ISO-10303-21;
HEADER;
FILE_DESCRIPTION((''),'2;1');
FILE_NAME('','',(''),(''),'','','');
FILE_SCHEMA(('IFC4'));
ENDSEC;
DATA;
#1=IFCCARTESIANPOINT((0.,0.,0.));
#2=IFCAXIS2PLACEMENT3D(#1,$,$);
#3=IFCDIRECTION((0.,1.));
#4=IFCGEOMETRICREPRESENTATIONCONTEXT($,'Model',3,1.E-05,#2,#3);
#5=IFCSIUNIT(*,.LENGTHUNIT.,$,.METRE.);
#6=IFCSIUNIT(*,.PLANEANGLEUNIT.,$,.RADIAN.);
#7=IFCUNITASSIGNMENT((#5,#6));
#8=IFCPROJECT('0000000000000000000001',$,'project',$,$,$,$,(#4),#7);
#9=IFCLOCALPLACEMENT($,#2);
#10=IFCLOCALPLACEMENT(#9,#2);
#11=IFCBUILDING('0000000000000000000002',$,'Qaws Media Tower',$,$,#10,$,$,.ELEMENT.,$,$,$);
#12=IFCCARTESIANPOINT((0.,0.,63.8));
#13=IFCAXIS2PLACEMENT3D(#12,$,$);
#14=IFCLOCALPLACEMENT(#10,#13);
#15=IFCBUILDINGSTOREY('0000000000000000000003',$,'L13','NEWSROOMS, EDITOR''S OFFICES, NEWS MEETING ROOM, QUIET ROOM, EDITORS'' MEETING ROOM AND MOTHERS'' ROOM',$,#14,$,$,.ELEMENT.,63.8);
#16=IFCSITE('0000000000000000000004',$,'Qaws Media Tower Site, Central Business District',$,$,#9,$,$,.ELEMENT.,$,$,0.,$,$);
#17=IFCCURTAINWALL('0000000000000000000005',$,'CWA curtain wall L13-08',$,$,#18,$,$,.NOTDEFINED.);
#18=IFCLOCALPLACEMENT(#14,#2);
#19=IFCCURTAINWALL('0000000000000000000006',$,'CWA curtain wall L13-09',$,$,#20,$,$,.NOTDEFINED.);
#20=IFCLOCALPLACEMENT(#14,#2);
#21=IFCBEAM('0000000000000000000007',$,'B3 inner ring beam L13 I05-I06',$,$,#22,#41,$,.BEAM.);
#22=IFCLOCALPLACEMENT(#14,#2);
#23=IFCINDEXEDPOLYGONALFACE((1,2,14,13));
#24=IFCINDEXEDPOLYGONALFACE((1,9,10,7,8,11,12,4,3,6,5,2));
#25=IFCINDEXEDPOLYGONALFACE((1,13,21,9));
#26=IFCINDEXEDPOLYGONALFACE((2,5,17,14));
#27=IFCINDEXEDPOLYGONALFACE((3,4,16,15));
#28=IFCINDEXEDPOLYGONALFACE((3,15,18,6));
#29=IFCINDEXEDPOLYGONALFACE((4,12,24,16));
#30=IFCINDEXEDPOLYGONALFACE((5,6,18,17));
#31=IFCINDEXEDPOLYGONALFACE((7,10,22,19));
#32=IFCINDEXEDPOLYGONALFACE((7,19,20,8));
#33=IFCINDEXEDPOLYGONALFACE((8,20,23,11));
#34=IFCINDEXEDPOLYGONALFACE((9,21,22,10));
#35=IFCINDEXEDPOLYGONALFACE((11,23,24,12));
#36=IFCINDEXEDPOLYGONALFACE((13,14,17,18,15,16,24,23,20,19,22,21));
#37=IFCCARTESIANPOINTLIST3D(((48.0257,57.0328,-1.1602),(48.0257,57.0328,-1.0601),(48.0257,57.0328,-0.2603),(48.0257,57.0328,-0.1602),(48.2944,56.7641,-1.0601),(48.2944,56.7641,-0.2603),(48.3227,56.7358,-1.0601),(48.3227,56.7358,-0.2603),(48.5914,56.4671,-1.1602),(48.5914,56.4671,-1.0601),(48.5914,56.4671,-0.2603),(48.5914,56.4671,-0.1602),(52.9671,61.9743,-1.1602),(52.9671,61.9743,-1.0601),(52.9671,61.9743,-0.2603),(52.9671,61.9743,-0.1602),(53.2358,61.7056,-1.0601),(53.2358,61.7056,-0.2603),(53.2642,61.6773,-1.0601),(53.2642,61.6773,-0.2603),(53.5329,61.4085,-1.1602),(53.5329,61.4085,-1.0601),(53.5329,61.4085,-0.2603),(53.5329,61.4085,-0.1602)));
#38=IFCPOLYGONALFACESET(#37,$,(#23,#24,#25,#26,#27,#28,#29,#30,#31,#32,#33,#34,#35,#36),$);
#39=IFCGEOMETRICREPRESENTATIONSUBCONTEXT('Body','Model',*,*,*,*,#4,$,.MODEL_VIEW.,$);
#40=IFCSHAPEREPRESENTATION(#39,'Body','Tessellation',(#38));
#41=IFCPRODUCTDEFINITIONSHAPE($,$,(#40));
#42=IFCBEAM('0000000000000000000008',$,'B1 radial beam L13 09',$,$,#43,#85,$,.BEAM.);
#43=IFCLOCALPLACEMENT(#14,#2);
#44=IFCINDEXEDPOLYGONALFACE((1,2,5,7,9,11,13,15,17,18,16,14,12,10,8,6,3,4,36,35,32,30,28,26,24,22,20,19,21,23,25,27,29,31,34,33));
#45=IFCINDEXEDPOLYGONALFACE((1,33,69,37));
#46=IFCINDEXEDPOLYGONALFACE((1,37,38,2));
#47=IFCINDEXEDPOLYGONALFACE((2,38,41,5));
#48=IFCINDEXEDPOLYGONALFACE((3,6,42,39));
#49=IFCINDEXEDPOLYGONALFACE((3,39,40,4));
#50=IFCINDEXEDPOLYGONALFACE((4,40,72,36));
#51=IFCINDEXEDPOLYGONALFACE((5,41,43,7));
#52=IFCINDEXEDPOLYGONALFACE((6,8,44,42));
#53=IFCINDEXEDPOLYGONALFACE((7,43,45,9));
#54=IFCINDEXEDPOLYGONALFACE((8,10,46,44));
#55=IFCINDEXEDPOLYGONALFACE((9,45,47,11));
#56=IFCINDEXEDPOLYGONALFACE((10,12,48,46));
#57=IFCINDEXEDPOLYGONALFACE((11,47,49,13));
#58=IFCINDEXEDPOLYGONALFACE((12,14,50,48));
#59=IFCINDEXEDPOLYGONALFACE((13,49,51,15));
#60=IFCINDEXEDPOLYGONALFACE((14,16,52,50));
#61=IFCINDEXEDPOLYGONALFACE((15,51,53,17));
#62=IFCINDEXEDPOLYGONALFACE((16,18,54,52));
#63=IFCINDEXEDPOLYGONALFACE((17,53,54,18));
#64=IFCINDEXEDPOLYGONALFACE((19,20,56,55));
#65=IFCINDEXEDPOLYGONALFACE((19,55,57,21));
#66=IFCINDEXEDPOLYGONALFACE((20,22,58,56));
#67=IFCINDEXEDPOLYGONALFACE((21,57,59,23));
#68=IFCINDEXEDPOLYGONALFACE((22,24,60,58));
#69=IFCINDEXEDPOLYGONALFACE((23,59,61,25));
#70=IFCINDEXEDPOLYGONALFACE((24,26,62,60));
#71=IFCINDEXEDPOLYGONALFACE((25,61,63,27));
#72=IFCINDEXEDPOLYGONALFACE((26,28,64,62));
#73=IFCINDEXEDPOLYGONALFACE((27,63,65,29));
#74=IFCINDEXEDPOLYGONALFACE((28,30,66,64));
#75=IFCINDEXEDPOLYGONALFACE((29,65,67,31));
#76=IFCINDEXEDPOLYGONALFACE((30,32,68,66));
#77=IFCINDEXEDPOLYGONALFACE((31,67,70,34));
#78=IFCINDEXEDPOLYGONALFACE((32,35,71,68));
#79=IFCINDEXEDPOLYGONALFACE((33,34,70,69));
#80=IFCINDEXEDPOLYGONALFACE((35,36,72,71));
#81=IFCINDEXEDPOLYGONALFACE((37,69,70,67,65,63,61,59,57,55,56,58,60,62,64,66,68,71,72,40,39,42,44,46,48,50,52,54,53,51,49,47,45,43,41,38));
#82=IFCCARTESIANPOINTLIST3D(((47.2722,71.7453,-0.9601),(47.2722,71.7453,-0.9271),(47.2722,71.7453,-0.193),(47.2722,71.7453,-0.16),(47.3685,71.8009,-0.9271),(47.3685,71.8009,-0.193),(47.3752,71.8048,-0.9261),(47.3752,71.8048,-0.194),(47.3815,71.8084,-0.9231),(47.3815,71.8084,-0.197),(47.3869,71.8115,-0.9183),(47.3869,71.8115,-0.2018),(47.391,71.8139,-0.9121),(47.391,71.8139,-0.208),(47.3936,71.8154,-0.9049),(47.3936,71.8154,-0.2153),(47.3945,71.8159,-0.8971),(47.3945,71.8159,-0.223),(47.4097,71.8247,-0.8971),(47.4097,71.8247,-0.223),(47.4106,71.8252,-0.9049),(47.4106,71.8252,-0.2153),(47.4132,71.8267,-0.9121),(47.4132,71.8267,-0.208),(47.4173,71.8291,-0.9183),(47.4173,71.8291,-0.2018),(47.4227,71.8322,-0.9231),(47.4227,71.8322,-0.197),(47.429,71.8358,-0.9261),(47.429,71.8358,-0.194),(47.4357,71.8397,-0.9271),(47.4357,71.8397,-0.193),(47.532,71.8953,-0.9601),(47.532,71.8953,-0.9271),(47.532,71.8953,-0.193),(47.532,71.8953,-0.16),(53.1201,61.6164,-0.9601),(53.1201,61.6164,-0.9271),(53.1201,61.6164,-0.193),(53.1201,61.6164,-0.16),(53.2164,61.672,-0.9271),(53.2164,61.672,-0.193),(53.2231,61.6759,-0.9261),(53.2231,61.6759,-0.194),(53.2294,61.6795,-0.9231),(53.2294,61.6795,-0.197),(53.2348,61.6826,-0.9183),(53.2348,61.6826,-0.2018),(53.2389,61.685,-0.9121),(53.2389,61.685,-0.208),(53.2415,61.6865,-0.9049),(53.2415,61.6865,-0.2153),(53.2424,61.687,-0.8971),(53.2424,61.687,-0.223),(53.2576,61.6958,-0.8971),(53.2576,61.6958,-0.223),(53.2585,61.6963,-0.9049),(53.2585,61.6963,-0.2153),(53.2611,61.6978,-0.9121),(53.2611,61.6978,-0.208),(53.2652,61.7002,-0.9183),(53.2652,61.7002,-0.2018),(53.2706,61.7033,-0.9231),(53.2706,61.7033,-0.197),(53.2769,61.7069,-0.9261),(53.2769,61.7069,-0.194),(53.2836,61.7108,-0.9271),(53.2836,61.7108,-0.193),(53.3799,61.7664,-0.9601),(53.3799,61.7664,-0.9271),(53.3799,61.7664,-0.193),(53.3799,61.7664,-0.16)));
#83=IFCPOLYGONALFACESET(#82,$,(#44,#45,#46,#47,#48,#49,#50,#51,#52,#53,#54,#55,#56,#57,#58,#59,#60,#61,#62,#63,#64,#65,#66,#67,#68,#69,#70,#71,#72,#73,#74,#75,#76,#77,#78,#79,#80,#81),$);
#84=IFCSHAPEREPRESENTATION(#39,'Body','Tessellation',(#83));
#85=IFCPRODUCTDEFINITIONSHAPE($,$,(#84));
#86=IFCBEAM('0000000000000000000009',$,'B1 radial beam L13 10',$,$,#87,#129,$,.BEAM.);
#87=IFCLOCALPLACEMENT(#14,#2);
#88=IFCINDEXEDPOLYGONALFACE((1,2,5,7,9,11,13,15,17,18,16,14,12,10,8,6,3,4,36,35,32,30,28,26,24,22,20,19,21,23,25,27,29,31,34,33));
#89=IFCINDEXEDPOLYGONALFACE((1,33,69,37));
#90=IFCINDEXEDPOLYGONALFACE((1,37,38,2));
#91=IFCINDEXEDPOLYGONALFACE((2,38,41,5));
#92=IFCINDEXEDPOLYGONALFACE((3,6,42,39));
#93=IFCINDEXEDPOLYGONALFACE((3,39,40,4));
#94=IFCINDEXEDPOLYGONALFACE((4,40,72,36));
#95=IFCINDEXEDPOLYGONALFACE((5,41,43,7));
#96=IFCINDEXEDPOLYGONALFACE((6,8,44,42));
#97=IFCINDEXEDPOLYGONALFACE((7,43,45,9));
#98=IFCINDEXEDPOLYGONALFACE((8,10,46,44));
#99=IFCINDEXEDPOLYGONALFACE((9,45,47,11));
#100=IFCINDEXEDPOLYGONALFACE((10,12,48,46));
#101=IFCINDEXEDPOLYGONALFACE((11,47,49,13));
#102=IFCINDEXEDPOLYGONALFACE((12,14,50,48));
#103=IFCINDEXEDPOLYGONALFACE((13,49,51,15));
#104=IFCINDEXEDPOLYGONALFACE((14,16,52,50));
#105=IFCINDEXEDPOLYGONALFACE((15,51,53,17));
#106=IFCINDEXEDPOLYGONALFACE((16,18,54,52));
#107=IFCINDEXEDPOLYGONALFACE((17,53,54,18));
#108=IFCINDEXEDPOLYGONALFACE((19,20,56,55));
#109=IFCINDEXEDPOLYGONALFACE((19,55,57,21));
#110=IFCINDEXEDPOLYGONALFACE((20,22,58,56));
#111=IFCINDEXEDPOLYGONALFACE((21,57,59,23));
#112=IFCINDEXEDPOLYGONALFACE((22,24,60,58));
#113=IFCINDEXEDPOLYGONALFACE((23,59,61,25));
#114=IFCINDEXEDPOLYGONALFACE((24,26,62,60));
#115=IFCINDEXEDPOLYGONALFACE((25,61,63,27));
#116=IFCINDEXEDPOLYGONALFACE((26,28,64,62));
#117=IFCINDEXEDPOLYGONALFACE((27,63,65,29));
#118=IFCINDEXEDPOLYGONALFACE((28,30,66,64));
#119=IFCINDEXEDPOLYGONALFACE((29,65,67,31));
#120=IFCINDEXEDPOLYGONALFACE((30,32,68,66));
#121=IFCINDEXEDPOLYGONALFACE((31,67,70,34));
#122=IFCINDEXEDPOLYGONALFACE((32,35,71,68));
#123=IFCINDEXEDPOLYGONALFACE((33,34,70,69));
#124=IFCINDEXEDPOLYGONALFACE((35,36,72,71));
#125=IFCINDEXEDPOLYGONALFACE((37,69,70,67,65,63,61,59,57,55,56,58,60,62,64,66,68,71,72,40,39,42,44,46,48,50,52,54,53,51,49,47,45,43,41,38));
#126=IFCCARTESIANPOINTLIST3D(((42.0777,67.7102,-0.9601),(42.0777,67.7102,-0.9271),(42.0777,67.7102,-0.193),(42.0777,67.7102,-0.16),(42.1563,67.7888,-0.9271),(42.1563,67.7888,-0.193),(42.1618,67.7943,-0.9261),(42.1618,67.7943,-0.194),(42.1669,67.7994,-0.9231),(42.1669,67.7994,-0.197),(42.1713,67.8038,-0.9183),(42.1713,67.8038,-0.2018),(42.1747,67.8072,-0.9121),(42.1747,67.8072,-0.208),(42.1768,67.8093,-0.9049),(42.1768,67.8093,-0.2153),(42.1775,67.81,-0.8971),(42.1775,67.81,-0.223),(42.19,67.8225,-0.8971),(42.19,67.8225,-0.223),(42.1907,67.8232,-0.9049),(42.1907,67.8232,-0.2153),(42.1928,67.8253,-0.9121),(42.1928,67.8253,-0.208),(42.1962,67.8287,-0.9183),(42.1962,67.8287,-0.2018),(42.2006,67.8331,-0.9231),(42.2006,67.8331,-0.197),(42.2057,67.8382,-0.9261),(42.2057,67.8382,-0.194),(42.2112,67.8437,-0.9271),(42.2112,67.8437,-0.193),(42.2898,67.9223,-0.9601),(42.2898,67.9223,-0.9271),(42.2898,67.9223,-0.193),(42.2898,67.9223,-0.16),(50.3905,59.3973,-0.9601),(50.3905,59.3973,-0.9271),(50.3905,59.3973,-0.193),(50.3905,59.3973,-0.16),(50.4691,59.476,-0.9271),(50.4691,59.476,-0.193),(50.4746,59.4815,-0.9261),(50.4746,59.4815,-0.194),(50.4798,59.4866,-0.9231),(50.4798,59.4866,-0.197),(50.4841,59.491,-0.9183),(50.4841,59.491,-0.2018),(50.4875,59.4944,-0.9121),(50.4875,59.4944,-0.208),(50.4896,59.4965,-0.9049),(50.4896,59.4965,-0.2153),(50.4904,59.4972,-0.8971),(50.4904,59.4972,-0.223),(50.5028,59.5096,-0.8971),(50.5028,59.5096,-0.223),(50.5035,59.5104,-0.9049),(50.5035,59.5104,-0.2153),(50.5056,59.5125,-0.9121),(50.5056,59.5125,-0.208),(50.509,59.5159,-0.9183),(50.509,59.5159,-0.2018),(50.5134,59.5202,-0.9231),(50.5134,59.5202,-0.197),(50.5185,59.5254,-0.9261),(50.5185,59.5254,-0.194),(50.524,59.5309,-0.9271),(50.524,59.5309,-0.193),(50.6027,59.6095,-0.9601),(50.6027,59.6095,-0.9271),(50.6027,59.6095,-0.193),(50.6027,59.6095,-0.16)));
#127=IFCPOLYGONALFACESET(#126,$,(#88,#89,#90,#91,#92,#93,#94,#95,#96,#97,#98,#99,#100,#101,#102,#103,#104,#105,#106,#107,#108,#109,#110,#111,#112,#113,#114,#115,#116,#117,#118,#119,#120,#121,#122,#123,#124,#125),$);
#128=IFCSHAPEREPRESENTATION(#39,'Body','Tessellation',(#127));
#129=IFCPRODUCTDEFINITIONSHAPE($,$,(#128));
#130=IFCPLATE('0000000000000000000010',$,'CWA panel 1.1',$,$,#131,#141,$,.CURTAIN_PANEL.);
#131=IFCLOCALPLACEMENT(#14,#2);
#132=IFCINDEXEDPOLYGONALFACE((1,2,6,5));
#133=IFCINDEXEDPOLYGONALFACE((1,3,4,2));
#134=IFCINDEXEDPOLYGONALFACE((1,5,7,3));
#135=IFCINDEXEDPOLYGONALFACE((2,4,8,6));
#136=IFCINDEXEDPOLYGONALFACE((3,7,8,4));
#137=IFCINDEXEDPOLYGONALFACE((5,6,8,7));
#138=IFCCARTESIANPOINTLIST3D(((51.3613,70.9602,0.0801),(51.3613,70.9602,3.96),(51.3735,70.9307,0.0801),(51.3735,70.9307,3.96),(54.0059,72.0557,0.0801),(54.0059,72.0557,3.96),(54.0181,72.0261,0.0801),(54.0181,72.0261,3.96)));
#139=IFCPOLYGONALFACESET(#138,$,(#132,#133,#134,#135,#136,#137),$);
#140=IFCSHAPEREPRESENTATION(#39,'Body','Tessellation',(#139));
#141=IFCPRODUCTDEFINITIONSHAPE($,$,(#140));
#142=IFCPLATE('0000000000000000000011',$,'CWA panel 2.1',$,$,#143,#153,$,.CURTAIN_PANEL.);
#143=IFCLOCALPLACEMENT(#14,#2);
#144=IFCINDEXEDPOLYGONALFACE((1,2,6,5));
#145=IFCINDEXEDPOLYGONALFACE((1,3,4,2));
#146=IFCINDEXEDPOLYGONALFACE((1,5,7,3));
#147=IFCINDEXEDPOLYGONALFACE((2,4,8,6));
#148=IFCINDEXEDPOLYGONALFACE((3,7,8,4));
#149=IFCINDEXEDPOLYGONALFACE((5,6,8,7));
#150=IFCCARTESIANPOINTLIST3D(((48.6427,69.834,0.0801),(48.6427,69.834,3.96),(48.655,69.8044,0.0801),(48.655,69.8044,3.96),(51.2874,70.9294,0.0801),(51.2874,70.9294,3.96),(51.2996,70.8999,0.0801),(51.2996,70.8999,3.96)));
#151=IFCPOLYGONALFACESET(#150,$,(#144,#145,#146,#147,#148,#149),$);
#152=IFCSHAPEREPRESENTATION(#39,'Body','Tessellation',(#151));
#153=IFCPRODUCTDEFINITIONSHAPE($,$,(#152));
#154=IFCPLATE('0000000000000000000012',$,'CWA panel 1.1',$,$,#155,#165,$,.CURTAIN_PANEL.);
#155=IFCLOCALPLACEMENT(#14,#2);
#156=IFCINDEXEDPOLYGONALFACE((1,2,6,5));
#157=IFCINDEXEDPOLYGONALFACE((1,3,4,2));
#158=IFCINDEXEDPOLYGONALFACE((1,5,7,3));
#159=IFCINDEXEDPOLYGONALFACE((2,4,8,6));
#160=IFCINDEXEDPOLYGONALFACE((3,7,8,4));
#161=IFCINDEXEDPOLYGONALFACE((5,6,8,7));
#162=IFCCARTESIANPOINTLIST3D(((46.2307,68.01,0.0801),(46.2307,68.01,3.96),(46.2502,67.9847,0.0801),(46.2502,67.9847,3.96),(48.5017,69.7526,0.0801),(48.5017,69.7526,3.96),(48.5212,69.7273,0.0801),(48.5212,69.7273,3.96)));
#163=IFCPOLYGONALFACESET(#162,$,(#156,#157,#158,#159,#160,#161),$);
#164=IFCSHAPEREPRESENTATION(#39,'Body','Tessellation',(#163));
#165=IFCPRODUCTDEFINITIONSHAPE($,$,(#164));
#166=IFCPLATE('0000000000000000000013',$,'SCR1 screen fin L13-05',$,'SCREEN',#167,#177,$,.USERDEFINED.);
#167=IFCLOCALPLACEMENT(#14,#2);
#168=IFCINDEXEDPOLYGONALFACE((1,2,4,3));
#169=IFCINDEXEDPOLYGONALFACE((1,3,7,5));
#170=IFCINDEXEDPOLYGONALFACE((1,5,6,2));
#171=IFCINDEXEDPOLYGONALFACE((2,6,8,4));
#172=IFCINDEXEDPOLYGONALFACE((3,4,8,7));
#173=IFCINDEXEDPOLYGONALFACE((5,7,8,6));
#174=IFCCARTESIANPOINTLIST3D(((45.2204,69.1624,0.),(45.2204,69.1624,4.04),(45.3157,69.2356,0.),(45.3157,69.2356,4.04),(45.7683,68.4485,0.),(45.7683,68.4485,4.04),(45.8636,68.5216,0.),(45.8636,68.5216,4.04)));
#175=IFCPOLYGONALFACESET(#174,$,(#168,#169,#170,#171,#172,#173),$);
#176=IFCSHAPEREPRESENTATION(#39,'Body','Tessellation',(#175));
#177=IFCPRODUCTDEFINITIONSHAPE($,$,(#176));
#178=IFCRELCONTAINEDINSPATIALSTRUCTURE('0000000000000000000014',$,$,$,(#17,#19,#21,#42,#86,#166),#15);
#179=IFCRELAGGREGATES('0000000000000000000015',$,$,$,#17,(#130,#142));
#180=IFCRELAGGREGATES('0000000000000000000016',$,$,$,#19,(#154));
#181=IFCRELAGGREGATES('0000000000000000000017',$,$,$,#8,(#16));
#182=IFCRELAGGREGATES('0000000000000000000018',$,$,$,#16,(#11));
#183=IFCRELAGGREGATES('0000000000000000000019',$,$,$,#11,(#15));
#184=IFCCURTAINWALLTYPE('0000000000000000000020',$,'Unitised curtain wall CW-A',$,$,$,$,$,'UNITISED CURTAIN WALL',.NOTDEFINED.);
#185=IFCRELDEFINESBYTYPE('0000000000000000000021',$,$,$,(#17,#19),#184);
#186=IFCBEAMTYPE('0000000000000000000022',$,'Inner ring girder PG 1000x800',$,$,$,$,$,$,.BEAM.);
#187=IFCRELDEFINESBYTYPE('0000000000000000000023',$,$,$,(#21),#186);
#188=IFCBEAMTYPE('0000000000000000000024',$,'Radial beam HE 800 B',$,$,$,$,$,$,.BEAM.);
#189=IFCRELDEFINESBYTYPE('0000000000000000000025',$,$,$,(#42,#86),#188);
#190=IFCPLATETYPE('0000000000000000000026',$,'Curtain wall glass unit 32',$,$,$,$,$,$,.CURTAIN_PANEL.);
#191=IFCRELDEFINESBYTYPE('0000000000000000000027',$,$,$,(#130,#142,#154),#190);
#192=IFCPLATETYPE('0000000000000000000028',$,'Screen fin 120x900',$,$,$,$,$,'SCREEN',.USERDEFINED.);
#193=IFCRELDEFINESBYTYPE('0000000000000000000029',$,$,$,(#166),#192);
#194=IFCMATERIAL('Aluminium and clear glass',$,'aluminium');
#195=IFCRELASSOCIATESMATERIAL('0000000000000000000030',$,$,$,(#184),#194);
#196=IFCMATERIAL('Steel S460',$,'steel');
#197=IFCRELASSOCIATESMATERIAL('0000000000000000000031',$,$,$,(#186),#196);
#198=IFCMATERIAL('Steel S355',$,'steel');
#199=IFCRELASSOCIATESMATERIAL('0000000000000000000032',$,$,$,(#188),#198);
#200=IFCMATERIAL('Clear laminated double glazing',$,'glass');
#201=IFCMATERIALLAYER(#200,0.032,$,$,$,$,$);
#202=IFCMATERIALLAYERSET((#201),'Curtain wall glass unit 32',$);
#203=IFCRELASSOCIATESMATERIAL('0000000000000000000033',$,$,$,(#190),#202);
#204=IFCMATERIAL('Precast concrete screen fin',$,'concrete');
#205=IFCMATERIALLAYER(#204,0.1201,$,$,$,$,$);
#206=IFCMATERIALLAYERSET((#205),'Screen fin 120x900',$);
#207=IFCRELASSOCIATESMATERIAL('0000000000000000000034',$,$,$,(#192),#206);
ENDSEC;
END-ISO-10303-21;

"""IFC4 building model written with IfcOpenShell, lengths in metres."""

from ifc_helpers import new_model, si_unit, direction, frame, origin, origin_2d, place, context, subcontext, project, spatial, rectangle, i_section, extrude, material, layer, layer_set, material_profile, profile_set, type_object, element, aggregate, save


model = new_model("IFC4")

# Units and contexts
model_context = context("Model", 3, precision=1e-05, world=origin(), true_north=direction((0.0, 1.0)))
body_context = subcontext(model_context, "Body", "Model", "MODEL_VIEW")
ifc_project = project(units=[si_unit("LENGTHUNIT", "METRE"), si_unit("PLANEANGLEUNIT", "RADIAN")], contexts=[model_context])

# Site, building, storey
site_placement = place(None, origin())
site = spatial("IfcSite", under=ifc_project, at=site_placement, Name="Qaws Media Tower Site, Central Business District", CompositionType="ELEMENT", RefElevation=0.0)
building_placement = place(site_placement, origin())
building = spatial("IfcBuilding", under=site, at=building_placement, Name="Qaws Media Tower", CompositionType="ELEMENT")
storey_placement = place(building_placement, frame((0.0, 0.0, 63.8)))
storey = spatial("IfcBuildingStorey", under=building, at=storey_placement, Name="L13", Description="NEWSROOMS, EDITOR'S OFFICES, NEWS MEETING ROOM, QUIET ROOM, EDITORS' MEETING ROOM AND MOTHERS' ROOM", CompositionType="ELEMENT", Elevation=63.8)

# Curtain walls
ifc_material_1 = material(Name="Aluminium and clear glass", Category="aluminium")
curtain_wall_type = type_object("IfcCurtainWallType", Name="Unitised curtain wall CW-A", ElementType="UNITISED CURTAIN WALL", PredefinedType="NOTDEFINED", material=ifc_material_1)
curtain_wall_1_placement = place(storey_placement, origin())
curtain_wall_1 = element("IfcCurtainWall", 1, at=curtain_wall_1_placement, inside=storey, type_object=curtain_wall_type, Name="CWA curtain wall L13-08", PredefinedType="NOTDEFINED")
curtain_wall_2_placement = place(storey_placement, origin())
curtain_wall_2 = element("IfcCurtainWall", 2, at=curtain_wall_2_placement, inside=storey, type_object=curtain_wall_type, Name="CWA curtain wall L13-09", PredefinedType="NOTDEFINED")

# Beams
ifc_material_2 = material(Name="Steel S460", Category="steel")
ifc_material_profile_1 = material_profile(ifc_material_2, i_section(OverallWidth=0.8, OverallDepth=1.0, WebThickness=0.04, FlangeThickness=0.1001, at=origin_2d()), Name="PG 1000x800")
ifc_profile_set_1 = profile_set([ifc_material_profile_1], Name="Steel S460")
beam_type_1 = type_object("IfcBeamType", Name="Inner ring girder PG 1000x800", PredefinedType="BEAM", material=ifc_profile_set_1)
beam_1_placement = place(storey_placement, frame((53.25, 61.6914, -0.6602), z_axis=(-0.707107, -0.707107, 0.0), x_axis=(0.707107, -0.707107, 0.0)))
element("IfcBeam", 3, at=beam_1_placement, inside=storey, type_object=beam_type_1, Name="B3 inner ring beam L13 I05-I06", PredefinedType="BEAM", context=body_context, shape_type="SweptSolid", body=[
    extrude(i_section(OverallWidth=0.8, OverallDepth=1.0, WebThickness=0.04, FlangeThickness=0.1001, at=origin_2d()), origin(), (0.0, 0.0, 1.0), 6.9883),
])
ifc_material_3 = material(Name="Steel S355", Category="steel")
ifc_material_profile_2 = material_profile(ifc_material_3, i_section(OverallWidth=0.3, OverallDepth=0.8, WebThickness=0.0176, FlangeThickness=0.033, FilletRadius=0.03, at=origin_2d()), Name="HE 800 B")
ifc_profile_set_2 = profile_set([ifc_material_profile_2], Name="Steel S355")
beam_type_2 = type_object("IfcBeamType", Name="Radial beam HE 800 B", PredefinedType="BEAM", material=ifc_profile_set_2)
beam_2_placement = place(storey_placement, frame((53.25, 61.6914, -0.5601), z_axis=(-0.499998, 0.866026, 0.0), x_axis=(-0.866026, -0.499998, 0.0)))
element("IfcBeam", 4, at=beam_2_placement, inside=storey, type_object=beam_type_2, Name="B1 radial beam L13 09", PredefinedType="BEAM", context=body_context, shape_type="SweptSolid", body=[
    extrude(i_section(OverallWidth=0.3, OverallDepth=0.8, WebThickness=0.0176, FlangeThickness=0.033, FilletRadius=0.03, at=origin_2d()), origin(), (0.0, 0.0, 1.0), 11.6958),
])
beam_3_placement = place(storey_placement, frame((50.4966, 59.5034, -0.5601), z_axis=(-0.707107, 0.707107, 0.0), x_axis=(-0.707107, -0.707107, 0.0)))
element("IfcBeam", 5, at=beam_3_placement, inside=storey, type_object=beam_type_2, Name="B1 radial beam L13 10", PredefinedType="BEAM", context=body_context, shape_type="SweptSolid", body=[
    extrude(i_section(OverallWidth=0.3, OverallDepth=0.8, WebThickness=0.0176, FlangeThickness=0.033, FilletRadius=0.03, at=origin_2d()), origin(), (0.0, 0.0, 1.0), 11.7561),
])

# Plates
ifc_material_4 = material(Name="Clear laminated double glazing", Category="glass")
ifc_layer_1 = layer(ifc_material_4, 0.032)
ifc_layer_set_1 = layer_set([ifc_layer_1], Name="Curtain wall glass unit 32")
plate_type_1 = type_object("IfcPlateType", Name="Curtain wall glass unit 32", PredefinedType="CURTAIN_PANEL", material=ifc_layer_set_1)
plate_1_placement = place(storey_placement, frame((52.6897, 71.4932, 0.0801), z_axis=(0.0, 0.0, 1.0), x_axis=(-0.92388, -0.382683, 0.0)))
plate_1 = element("IfcPlate", 6, at=plate_1_placement, type_object=plate_type_1, Name="CWA panel 1.1", PredefinedType="CURTAIN_PANEL", context=body_context, shape_type="SweptSolid", body=[
    extrude(rectangle(XDim=2.8625, YDim=0.032, at=origin_2d()), origin(), (0.0, 0.0, 1.0), 3.8799),
])
plate_2_placement = place(storey_placement, frame((49.9712, 70.3669, 0.0801), z_axis=(0.0, 0.0, 1.0), x_axis=(-0.92388, -0.382683, 0.0)))
plate_2 = element("IfcPlate", 7, at=plate_2_placement, type_object=plate_type_1, Name="CWA panel 2.1", PredefinedType="CURTAIN_PANEL", context=body_context, shape_type="SweptSolid", body=[
    extrude(rectangle(XDim=2.8625, YDim=0.032, at=origin_2d()), origin(), (0.0, 0.0, 1.0), 3.8799),
])
aggregate(curtain_wall_1, [plate_1, plate_2])
plate_3_placement = place(storey_placement, frame((47.376, 68.8687, 0.0801), z_axis=(0.0, 0.0, 1.0), x_axis=(-0.793353, -0.608761, 0.0)))
plate_3 = element("IfcPlate", 8, at=plate_3_placement, type_object=plate_type_1, Name="CWA panel 1.1", PredefinedType="CURTAIN_PANEL", context=body_context, shape_type="SweptSolid", body=[
    extrude(rectangle(XDim=2.8625, YDim=0.032, at=origin_2d()), origin(), (0.0, 0.0, 1.0), 3.8799),
])
aggregate(curtain_wall_2, [plate_3])
ifc_material_5 = material(Name="Precast concrete screen fin", Category="concrete")
ifc_layer_2 = layer(ifc_material_5, 0.1201)
ifc_layer_set_2 = layer_set([ifc_layer_2], Name="Screen fin 120x900")
plate_type_2 = type_object("IfcPlateType", Name="Screen fin 120x900", ElementType="SCREEN", PredefinedType="USERDEFINED", material=ifc_layer_set_2)
plate_4_placement = place(storey_placement, frame((45.542, 68.842, 0.0), z_axis=(0.0, 0.0, 1.0), x_axis=(-0.608761, 0.793353, 0.0)))
element("IfcPlate", 9, at=plate_4_placement, inside=storey, type_object=plate_type_2, Name="SCR1 screen fin L13-05", ObjectType="SCREEN", PredefinedType="USERDEFINED", context=body_context, shape_type="SweptSolid", body=[
    extrude(rectangle(XDim=0.8999, YDim=0.1201, at=origin_2d()), origin(), (0.0, 0.0, 1.0), 4.04),
])

save(model, "model.ifc")
